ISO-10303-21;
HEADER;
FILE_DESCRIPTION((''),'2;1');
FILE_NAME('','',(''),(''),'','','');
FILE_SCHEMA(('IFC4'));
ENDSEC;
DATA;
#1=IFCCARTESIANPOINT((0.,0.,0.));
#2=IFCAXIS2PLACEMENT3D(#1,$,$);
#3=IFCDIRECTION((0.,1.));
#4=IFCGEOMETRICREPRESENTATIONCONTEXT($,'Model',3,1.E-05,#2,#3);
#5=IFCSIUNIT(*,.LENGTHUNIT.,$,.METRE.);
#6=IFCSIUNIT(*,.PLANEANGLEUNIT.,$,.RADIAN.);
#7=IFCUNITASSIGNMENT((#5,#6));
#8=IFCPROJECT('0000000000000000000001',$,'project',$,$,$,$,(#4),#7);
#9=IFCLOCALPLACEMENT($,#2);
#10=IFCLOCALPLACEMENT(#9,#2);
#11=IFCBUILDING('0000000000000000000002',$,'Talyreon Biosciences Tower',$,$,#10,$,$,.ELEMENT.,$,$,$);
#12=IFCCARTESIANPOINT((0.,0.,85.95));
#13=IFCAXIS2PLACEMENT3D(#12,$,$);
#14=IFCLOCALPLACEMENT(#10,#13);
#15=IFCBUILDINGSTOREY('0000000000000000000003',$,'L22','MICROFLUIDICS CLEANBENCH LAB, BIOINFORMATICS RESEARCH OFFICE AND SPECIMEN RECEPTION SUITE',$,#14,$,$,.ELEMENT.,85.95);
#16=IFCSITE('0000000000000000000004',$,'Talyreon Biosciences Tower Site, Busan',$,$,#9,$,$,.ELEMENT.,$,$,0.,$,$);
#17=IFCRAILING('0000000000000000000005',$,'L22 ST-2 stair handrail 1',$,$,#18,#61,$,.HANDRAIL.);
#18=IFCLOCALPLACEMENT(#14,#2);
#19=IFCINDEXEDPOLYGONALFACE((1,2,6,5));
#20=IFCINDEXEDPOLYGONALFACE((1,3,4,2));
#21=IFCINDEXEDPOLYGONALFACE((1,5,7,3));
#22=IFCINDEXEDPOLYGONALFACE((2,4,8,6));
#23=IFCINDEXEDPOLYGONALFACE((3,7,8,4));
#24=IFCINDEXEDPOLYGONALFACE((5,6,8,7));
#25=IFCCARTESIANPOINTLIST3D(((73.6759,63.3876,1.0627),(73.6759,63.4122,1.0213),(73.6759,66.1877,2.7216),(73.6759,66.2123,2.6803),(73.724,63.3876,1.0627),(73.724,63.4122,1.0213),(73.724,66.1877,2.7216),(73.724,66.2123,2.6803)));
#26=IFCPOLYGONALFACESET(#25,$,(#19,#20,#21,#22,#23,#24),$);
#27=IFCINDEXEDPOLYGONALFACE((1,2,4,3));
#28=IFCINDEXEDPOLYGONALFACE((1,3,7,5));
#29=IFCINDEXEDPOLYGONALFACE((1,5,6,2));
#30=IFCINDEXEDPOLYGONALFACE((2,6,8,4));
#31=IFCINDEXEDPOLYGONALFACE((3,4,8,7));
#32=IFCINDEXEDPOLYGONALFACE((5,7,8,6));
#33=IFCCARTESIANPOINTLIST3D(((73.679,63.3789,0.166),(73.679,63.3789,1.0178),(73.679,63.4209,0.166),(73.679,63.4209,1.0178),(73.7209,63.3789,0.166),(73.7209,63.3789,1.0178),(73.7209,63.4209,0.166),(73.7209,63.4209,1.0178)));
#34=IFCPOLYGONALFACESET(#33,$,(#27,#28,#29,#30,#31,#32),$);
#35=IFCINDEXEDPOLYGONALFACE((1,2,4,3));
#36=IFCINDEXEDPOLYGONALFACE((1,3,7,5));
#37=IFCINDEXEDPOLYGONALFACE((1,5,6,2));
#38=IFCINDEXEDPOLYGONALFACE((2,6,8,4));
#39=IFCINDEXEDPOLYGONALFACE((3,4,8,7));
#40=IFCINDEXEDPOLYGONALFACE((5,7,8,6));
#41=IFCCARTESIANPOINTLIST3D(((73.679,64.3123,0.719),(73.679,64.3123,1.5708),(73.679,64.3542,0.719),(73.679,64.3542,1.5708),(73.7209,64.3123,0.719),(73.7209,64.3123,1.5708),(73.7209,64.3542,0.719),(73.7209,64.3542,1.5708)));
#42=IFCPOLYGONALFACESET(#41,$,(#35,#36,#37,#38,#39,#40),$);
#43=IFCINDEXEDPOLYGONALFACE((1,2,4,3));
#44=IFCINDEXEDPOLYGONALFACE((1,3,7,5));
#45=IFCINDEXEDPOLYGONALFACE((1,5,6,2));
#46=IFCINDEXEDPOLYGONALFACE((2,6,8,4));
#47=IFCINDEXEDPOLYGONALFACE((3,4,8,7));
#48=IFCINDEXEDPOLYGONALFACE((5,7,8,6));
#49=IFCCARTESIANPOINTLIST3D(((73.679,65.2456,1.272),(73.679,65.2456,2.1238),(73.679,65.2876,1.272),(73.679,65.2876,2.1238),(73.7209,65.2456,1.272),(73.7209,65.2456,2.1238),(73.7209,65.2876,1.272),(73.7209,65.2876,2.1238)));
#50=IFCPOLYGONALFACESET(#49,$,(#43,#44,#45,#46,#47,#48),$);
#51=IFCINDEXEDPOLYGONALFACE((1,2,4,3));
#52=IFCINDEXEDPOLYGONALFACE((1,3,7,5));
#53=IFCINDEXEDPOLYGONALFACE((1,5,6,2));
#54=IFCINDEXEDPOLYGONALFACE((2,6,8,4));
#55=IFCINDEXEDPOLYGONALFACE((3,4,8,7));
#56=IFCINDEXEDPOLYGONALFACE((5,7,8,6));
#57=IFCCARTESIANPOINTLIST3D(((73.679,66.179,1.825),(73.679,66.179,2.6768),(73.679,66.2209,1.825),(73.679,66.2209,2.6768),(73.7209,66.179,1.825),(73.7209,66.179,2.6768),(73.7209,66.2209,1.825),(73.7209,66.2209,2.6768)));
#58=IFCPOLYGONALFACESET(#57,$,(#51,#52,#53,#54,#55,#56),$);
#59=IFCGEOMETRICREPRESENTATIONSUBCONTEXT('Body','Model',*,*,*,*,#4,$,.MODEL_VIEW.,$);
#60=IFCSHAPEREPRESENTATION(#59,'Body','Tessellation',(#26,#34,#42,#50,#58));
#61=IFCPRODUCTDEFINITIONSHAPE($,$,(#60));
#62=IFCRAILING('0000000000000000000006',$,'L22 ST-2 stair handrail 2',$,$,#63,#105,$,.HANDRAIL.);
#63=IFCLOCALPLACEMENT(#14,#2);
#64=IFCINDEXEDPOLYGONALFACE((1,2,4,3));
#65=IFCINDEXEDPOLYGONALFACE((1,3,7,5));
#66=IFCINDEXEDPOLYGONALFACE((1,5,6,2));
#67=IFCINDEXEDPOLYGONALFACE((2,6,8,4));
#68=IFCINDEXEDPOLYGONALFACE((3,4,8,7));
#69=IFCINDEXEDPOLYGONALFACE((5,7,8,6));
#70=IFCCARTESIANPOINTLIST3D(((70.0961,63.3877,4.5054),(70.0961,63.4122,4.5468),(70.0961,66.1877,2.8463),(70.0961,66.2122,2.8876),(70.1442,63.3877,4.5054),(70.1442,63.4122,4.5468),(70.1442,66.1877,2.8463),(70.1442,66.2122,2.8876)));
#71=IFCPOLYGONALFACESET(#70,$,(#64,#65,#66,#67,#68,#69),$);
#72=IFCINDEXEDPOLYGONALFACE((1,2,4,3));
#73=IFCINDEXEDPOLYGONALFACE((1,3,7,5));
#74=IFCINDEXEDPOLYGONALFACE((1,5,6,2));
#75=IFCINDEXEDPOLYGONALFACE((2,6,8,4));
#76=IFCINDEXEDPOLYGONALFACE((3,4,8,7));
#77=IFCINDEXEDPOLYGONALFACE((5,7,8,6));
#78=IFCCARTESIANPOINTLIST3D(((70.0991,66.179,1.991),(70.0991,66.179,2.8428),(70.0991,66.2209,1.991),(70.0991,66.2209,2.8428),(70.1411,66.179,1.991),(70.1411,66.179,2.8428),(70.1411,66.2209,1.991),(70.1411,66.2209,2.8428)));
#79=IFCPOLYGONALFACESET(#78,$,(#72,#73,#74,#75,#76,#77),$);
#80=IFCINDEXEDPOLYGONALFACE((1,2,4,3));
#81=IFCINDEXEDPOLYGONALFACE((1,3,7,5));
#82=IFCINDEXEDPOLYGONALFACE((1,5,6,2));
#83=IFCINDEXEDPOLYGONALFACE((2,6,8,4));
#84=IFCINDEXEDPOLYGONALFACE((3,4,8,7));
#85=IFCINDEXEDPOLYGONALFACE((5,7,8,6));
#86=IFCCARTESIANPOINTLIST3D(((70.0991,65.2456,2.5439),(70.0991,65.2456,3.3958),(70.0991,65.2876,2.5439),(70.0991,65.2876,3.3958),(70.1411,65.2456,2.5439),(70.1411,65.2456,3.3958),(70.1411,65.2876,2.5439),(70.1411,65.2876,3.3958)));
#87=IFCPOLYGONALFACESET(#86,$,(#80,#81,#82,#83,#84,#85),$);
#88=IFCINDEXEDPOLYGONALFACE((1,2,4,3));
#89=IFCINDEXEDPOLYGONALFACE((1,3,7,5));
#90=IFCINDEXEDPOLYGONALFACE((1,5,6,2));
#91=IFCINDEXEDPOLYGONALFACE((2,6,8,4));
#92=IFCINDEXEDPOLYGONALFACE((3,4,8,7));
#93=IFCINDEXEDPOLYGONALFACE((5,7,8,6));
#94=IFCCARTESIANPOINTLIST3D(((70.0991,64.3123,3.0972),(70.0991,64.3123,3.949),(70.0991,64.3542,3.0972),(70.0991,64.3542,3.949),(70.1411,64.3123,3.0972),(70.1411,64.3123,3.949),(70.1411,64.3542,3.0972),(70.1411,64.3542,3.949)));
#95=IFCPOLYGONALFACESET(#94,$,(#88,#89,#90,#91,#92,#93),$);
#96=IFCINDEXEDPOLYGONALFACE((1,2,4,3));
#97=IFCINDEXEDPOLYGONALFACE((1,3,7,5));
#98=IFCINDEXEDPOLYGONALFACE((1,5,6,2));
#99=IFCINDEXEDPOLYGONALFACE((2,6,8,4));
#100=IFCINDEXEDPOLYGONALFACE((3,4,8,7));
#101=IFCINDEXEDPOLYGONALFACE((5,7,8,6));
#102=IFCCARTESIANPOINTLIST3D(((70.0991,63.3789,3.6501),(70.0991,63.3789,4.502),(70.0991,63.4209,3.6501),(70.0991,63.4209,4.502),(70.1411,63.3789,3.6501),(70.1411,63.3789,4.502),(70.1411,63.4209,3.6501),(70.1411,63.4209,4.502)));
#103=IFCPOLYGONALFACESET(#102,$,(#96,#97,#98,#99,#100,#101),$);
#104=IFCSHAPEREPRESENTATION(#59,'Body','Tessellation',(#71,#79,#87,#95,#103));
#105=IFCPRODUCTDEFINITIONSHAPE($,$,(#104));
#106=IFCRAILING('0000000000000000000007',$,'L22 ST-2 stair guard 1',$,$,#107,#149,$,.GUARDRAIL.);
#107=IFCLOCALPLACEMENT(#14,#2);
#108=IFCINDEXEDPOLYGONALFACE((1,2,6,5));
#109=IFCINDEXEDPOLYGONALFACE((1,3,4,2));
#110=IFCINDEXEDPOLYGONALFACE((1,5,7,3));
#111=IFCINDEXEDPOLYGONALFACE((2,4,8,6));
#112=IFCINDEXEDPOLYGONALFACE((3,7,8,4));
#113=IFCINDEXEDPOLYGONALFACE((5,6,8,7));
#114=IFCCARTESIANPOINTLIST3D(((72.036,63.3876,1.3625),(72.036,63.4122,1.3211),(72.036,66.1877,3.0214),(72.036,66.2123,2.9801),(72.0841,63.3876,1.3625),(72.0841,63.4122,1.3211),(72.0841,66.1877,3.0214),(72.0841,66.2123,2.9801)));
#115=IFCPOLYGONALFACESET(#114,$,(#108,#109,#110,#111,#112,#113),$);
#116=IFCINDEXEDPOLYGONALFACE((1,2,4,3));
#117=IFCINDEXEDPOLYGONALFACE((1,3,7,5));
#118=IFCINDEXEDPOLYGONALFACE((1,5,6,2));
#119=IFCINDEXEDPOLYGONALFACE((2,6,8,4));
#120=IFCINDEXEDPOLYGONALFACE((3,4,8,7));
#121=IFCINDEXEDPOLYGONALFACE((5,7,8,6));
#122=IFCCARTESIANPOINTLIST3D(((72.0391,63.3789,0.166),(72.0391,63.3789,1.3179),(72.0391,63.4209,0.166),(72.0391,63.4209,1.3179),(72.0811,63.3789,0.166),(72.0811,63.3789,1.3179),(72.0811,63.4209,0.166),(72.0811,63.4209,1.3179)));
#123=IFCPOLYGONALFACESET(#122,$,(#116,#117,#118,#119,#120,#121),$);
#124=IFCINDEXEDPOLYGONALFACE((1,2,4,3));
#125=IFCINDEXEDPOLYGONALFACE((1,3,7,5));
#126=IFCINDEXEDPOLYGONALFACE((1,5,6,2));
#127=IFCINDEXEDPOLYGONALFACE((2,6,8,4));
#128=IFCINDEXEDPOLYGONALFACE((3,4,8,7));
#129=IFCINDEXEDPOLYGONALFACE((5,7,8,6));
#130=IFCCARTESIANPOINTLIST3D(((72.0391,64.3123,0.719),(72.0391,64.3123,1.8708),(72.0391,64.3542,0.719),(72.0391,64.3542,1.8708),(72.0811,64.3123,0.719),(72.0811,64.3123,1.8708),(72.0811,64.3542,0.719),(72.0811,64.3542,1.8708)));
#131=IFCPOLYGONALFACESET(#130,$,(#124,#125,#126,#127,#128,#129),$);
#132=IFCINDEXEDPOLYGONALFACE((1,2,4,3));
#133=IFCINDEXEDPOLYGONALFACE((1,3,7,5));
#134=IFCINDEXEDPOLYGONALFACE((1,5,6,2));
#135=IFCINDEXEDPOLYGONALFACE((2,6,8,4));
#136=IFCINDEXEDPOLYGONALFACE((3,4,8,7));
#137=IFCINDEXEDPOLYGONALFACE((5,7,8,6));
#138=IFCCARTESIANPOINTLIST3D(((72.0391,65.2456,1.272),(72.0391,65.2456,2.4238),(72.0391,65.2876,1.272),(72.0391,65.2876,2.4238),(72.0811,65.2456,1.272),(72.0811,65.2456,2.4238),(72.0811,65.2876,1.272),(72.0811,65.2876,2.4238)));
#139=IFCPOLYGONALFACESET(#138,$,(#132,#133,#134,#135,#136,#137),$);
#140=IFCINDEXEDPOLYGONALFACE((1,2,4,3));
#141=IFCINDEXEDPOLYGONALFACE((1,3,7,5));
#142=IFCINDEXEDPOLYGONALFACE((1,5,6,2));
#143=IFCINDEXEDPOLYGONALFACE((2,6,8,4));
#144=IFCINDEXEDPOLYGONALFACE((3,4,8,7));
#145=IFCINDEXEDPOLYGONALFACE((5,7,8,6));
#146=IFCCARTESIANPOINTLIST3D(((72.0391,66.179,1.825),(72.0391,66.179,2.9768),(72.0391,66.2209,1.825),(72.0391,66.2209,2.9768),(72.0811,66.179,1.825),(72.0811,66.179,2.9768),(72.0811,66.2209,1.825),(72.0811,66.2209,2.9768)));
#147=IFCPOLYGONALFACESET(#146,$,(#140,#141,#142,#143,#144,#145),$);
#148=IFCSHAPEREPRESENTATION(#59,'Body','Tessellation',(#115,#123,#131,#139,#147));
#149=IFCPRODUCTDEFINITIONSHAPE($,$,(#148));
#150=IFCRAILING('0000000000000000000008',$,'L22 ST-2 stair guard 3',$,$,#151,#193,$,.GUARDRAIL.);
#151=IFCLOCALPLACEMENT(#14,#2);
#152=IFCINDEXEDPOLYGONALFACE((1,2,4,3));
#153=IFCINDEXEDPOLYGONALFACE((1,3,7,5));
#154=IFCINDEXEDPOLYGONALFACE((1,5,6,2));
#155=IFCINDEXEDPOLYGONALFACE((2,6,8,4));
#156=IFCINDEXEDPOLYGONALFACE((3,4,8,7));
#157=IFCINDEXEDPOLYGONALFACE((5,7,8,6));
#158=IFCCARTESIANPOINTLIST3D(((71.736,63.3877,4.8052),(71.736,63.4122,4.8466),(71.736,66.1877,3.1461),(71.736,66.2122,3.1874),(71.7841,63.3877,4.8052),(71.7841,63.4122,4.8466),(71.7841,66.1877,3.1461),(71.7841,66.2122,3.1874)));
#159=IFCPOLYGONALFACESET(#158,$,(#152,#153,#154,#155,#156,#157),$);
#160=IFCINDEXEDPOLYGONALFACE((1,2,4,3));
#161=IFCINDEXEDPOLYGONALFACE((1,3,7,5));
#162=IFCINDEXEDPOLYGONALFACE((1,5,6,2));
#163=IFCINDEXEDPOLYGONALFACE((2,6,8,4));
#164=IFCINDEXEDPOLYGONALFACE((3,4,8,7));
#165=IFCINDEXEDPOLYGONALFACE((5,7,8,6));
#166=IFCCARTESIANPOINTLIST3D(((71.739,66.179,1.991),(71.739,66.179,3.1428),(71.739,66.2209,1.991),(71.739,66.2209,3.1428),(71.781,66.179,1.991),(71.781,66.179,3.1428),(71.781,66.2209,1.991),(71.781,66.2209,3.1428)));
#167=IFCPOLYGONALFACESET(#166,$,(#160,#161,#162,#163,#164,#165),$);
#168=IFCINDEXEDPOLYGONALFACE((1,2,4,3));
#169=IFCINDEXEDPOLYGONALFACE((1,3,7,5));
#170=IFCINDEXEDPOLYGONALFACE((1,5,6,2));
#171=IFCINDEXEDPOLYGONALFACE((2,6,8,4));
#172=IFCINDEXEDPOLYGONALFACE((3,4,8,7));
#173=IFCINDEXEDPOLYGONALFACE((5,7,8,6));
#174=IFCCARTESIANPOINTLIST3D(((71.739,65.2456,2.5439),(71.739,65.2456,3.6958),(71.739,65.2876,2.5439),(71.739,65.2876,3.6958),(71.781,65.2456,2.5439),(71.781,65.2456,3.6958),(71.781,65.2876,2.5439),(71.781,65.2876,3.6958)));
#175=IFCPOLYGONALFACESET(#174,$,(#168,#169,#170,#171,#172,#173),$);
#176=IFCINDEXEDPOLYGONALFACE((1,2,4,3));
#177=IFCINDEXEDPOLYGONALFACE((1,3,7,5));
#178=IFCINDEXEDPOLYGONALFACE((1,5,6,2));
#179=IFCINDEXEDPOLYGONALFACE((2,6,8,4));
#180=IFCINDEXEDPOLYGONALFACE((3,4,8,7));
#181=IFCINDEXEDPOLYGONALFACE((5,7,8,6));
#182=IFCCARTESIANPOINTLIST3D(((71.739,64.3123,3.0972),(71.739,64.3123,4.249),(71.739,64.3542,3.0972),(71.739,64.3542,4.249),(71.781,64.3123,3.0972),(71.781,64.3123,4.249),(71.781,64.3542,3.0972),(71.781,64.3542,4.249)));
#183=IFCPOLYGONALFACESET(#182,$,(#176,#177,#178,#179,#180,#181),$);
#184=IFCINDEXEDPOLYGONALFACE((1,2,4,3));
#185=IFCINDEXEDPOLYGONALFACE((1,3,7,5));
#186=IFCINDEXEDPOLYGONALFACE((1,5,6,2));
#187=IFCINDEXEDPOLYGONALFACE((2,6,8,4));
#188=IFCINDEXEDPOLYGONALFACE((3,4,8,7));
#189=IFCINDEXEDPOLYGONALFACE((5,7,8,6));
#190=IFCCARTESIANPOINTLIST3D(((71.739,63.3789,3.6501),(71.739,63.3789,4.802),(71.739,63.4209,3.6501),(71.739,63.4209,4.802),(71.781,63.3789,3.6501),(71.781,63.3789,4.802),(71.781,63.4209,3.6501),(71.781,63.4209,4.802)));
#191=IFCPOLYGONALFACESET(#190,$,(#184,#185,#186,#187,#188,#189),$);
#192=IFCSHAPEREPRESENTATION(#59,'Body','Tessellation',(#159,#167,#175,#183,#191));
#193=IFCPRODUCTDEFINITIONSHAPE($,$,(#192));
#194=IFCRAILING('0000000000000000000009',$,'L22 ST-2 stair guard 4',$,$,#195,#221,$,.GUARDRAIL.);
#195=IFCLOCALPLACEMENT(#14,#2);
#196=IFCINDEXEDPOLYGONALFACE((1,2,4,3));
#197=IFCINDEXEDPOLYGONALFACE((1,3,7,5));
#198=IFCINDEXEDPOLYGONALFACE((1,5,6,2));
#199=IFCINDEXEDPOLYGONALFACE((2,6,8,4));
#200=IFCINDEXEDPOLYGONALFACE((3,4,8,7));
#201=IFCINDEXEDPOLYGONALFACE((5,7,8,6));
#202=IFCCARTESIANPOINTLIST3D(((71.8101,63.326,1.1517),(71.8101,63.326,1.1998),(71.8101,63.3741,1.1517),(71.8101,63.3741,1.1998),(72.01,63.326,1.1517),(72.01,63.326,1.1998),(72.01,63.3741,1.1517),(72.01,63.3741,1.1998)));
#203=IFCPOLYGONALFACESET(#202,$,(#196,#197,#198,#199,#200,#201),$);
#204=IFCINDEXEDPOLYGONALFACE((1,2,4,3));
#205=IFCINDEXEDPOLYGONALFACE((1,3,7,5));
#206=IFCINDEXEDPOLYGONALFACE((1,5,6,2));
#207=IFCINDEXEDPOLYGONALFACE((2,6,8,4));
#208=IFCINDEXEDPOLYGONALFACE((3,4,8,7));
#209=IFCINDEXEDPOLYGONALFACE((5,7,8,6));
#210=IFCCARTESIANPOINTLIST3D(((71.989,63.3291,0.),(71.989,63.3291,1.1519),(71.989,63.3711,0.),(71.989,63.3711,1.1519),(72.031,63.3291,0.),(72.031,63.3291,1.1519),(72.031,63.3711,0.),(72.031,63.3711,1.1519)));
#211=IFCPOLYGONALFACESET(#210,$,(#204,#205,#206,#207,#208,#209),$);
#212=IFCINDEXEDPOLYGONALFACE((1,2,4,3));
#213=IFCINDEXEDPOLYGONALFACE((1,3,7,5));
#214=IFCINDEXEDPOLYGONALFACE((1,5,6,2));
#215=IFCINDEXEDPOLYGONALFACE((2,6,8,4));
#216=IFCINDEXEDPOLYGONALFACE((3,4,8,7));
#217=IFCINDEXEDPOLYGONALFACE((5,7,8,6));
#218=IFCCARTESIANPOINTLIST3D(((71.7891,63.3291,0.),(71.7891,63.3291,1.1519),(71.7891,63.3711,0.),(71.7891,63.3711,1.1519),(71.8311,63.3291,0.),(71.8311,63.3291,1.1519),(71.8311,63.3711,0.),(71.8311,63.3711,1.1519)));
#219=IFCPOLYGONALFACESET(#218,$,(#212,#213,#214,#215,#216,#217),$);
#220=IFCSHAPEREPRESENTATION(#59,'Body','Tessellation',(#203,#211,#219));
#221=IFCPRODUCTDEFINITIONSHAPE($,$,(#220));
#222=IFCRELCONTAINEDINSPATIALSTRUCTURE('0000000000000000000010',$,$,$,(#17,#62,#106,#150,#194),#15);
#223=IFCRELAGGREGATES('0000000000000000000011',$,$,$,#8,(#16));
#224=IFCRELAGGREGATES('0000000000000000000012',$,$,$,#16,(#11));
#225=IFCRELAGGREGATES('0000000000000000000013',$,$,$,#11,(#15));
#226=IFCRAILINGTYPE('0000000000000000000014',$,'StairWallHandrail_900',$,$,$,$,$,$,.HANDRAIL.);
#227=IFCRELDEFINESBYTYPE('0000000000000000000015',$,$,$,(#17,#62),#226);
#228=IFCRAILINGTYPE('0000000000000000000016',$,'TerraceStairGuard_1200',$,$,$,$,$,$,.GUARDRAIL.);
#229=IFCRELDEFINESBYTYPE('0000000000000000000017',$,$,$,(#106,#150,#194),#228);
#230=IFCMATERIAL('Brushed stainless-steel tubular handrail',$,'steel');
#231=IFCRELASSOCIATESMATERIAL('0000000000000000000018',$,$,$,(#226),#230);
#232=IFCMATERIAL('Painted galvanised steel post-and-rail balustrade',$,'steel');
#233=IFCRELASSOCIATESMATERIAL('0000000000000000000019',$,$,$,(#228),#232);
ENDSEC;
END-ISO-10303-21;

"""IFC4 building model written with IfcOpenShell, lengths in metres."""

from ifc_helpers import new_model, si_unit, direction, frame, origin, origin_2d, place, context, subcontext, project, spatial, rectangle, extrude, material, type_object, element, save


model = new_model("IFC4")

# Units and contexts
model_context = context("Model", 3, precision=1e-05, world=origin(), true_north=direction((0.0, 1.0)))
body_context = subcontext(model_context, "Body", "Model", "MODEL_VIEW")
ifc_project = project(units=[si_unit("LENGTHUNIT", "METRE"), si_unit("PLANEANGLEUNIT", "RADIAN")], contexts=[model_context])

# Site, building, storey
site_placement = place(None, origin())
site = spatial("IfcSite", under=ifc_project, at=site_placement, Name="Talyreon Biosciences Tower Site, Busan", CompositionType="ELEMENT", RefElevation=0.0)
building_placement = place(site_placement, origin())
building = spatial("IfcBuilding", under=site, at=building_placement, Name="Talyreon Biosciences Tower", CompositionType="ELEMENT")
storey_placement = place(building_placement, frame((0.0, 0.0, 85.95)))
storey = spatial("IfcBuildingStorey", under=building, at=storey_placement, Name="L22", Description="MICROFLUIDICS CLEANBENCH LAB, BIOINFORMATICS RESEARCH OFFICE AND SPECIMEN RECEPTION SUITE", CompositionType="ELEMENT", Elevation=85.95)

# Railings
ifc_material_1 = material(Name="Brushed stainless-steel tubular handrail", Category="steel")
railing_type_1 = type_object("IfcRailingType", Name="StairWallHandrail_900", PredefinedType="HANDRAIL", material=ifc_material_1)
railing_1_placement = place(storey_placement, frame((73.7, 63.3999, 0.166)))
element("IfcRailing", 1, at=railing_1_placement, inside=storey, type_object=railing_type_1, Name="L22 ST-2 stair handrail 1", PredefinedType="HANDRAIL", context=body_context, shape_type="SweptSolid", body=[
    extrude(rectangle(XDim=0.0481, YDim=0.0481, at=origin_2d()), frame((0.0, 0.0, 0.876), z_axis=(0.0, 0.860339, 0.509722), x_axis=(-1.0, 0.0, 0.0)), (0.0, 0.0, 1.0), 3.2546),
    extrude(rectangle(XDim=0.042, YDim=0.042, at=origin_2d()), origin(), (0.0, 0.0, 1.0), 0.8518),
    extrude(rectangle(XDim=0.042, YDim=0.042, at=origin_2d()), frame((0.0, 0.9333, 0.553)), (0.0, 0.0, 1.0), 0.8518),
    extrude(rectangle(XDim=0.042, YDim=0.042, at=origin_2d()), frame((0.0, 1.8667, 1.106)), (0.0, 0.0, 1.0), 0.8518),
    extrude(rectangle(XDim=0.042, YDim=0.042, at=origin_2d()), frame((0.0, 2.8, 1.6589)), (0.0, 0.0, 1.0), 0.8518),
])
railing_2_placement = place(storey_placement, frame((70.1201, 66.2, 1.991)))
element("IfcRailing", 2, at=railing_2_placement, inside=storey, type_object=railing_type_1, Name="L22 ST-2 stair handrail 2", PredefinedType="HANDRAIL", context=body_context, shape_type="SweptSolid", body=[
    extrude(rectangle(XDim=0.0481, YDim=0.0481, at=origin_2d()), frame((0.0, 0.0, 0.876), z_axis=(0.0, -0.860306, 0.509778), x_axis=(1.0, 0.0, 0.0)), (0.0, 0.0, 1.0), 3.2546),
    extrude(rectangle(XDim=0.042, YDim=0.042, at=origin_2d()), origin(), (0.0, 0.0, 1.0), 0.8518),
    extrude(rectangle(XDim=0.042, YDim=0.042, at=origin_2d()), frame((0.0, -0.9333, 0.553)), (0.0, 0.0, 1.0), 0.8518),
    extrude(rectangle(XDim=0.042, YDim=0.042, at=origin_2d()), frame((0.0, -1.8667, 1.1062)), (0.0, 0.0, 1.0), 0.8518),
    extrude(rectangle(XDim=0.042, YDim=0.042, at=origin_2d()), frame((0.0, -2.8, 1.6592)), (0.0, 0.0, 1.0), 0.8518),
])
ifc_material_2 = material(Name="Painted galvanised steel post-and-rail balustrade", Category="steel")
railing_type_2 = type_object("IfcRailingType", Name="TerraceStairGuard_1200", PredefinedType="GUARDRAIL", material=ifc_material_2)
railing_3_placement = place(storey_placement, frame((72.0601, 63.3999, 0.166)))
element("IfcRailing", 3, at=railing_3_placement, inside=storey, type_object=railing_type_2, Name="L22 ST-2 stair guard 1", PredefinedType="GUARDRAIL", context=body_context, shape_type="SweptSolid", body=[
    extrude(rectangle(XDim=0.0481, YDim=0.0481, at=origin_2d()), frame((0.0, 0.0, 1.1758), z_axis=(0.0, 0.860339, 0.509722), x_axis=(-1.0, 0.0, 0.0)), (0.0, 0.0, 1.0), 3.2546),
    extrude(rectangle(XDim=0.042, YDim=0.042, at=origin_2d()), origin(), (0.0, 0.0, 1.0), 1.1519),
    extrude(rectangle(XDim=0.042, YDim=0.042, at=origin_2d()), frame((0.0, 0.9333, 0.553)), (0.0, 0.0, 1.0), 1.1519),
    extrude(rectangle(XDim=0.042, YDim=0.042, at=origin_2d()), frame((0.0, 1.8667, 1.106)), (0.0, 0.0, 1.0), 1.1519),
    extrude(rectangle(XDim=0.042, YDim=0.042, at=origin_2d()), frame((0.0, 2.8, 1.6589)), (0.0, 0.0, 1.0), 1.1519),
])
railing_4_placement = place(storey_placement, frame((71.76, 66.2, 1.991)))
element("IfcRailing", 4, at=railing_4_placement, inside=storey, type_object=railing_type_2, Name="L22 ST-2 stair guard 3", PredefinedType="GUARDRAIL", context=body_context, shape_type="SweptSolid", body=[
    extrude(rectangle(XDim=0.0481, YDim=0.0481, at=origin_2d()), frame((0.0, 0.0, 1.1758), z_axis=(0.0, -0.860306, 0.509778), x_axis=(1.0, 0.0, 0.0)), (0.0, 0.0, 1.0), 3.2546),
    extrude(rectangle(XDim=0.042, YDim=0.042, at=origin_2d()), origin(), (0.0, 0.0, 1.0), 1.1519),
    extrude(rectangle(XDim=0.042, YDim=0.042, at=origin_2d()), frame((0.0, -0.9333, 0.553)), (0.0, 0.0, 1.0), 1.1519),
    extrude(rectangle(XDim=0.042, YDim=0.042, at=origin_2d()), frame((0.0, -1.8667, 1.1062)), (0.0, 0.0, 1.0), 1.1519),
    extrude(rectangle(XDim=0.042, YDim=0.042, at=origin_2d()), frame((0.0, -2.8, 1.6592)), (0.0, 0.0, 1.0), 1.1519),
])
railing_5_placement = place(storey_placement, frame((72.01, 63.3501, 0.0)))
element("IfcRailing", 5, at=railing_5_placement, inside=storey, type_object=railing_type_2, Name="L22 ST-2 stair guard 4", PredefinedType="GUARDRAIL", context=body_context, shape_type="SweptSolid", body=[
    extrude(rectangle(XDim=0.0481, YDim=0.0481, at=origin_2d()), frame((0.0, 0.0, 1.1758), z_axis=(-1.0, 0.0, 0.0), x_axis=(0.0, -1.0, 0.0)), (0.0, 0.0, 1.0), 0.2),
    extrude(rectangle(XDim=0.042, YDim=0.042, at=origin_2d()), origin(), (0.0, 0.0, 1.0), 1.1519),
    extrude(rectangle(XDim=0.042, YDim=0.042, at=origin_2d()), frame((-0.2, 0.0, 0.0)), (0.0, 0.0, 1.0), 1.1519),
])

save(model, "model.ifc")
